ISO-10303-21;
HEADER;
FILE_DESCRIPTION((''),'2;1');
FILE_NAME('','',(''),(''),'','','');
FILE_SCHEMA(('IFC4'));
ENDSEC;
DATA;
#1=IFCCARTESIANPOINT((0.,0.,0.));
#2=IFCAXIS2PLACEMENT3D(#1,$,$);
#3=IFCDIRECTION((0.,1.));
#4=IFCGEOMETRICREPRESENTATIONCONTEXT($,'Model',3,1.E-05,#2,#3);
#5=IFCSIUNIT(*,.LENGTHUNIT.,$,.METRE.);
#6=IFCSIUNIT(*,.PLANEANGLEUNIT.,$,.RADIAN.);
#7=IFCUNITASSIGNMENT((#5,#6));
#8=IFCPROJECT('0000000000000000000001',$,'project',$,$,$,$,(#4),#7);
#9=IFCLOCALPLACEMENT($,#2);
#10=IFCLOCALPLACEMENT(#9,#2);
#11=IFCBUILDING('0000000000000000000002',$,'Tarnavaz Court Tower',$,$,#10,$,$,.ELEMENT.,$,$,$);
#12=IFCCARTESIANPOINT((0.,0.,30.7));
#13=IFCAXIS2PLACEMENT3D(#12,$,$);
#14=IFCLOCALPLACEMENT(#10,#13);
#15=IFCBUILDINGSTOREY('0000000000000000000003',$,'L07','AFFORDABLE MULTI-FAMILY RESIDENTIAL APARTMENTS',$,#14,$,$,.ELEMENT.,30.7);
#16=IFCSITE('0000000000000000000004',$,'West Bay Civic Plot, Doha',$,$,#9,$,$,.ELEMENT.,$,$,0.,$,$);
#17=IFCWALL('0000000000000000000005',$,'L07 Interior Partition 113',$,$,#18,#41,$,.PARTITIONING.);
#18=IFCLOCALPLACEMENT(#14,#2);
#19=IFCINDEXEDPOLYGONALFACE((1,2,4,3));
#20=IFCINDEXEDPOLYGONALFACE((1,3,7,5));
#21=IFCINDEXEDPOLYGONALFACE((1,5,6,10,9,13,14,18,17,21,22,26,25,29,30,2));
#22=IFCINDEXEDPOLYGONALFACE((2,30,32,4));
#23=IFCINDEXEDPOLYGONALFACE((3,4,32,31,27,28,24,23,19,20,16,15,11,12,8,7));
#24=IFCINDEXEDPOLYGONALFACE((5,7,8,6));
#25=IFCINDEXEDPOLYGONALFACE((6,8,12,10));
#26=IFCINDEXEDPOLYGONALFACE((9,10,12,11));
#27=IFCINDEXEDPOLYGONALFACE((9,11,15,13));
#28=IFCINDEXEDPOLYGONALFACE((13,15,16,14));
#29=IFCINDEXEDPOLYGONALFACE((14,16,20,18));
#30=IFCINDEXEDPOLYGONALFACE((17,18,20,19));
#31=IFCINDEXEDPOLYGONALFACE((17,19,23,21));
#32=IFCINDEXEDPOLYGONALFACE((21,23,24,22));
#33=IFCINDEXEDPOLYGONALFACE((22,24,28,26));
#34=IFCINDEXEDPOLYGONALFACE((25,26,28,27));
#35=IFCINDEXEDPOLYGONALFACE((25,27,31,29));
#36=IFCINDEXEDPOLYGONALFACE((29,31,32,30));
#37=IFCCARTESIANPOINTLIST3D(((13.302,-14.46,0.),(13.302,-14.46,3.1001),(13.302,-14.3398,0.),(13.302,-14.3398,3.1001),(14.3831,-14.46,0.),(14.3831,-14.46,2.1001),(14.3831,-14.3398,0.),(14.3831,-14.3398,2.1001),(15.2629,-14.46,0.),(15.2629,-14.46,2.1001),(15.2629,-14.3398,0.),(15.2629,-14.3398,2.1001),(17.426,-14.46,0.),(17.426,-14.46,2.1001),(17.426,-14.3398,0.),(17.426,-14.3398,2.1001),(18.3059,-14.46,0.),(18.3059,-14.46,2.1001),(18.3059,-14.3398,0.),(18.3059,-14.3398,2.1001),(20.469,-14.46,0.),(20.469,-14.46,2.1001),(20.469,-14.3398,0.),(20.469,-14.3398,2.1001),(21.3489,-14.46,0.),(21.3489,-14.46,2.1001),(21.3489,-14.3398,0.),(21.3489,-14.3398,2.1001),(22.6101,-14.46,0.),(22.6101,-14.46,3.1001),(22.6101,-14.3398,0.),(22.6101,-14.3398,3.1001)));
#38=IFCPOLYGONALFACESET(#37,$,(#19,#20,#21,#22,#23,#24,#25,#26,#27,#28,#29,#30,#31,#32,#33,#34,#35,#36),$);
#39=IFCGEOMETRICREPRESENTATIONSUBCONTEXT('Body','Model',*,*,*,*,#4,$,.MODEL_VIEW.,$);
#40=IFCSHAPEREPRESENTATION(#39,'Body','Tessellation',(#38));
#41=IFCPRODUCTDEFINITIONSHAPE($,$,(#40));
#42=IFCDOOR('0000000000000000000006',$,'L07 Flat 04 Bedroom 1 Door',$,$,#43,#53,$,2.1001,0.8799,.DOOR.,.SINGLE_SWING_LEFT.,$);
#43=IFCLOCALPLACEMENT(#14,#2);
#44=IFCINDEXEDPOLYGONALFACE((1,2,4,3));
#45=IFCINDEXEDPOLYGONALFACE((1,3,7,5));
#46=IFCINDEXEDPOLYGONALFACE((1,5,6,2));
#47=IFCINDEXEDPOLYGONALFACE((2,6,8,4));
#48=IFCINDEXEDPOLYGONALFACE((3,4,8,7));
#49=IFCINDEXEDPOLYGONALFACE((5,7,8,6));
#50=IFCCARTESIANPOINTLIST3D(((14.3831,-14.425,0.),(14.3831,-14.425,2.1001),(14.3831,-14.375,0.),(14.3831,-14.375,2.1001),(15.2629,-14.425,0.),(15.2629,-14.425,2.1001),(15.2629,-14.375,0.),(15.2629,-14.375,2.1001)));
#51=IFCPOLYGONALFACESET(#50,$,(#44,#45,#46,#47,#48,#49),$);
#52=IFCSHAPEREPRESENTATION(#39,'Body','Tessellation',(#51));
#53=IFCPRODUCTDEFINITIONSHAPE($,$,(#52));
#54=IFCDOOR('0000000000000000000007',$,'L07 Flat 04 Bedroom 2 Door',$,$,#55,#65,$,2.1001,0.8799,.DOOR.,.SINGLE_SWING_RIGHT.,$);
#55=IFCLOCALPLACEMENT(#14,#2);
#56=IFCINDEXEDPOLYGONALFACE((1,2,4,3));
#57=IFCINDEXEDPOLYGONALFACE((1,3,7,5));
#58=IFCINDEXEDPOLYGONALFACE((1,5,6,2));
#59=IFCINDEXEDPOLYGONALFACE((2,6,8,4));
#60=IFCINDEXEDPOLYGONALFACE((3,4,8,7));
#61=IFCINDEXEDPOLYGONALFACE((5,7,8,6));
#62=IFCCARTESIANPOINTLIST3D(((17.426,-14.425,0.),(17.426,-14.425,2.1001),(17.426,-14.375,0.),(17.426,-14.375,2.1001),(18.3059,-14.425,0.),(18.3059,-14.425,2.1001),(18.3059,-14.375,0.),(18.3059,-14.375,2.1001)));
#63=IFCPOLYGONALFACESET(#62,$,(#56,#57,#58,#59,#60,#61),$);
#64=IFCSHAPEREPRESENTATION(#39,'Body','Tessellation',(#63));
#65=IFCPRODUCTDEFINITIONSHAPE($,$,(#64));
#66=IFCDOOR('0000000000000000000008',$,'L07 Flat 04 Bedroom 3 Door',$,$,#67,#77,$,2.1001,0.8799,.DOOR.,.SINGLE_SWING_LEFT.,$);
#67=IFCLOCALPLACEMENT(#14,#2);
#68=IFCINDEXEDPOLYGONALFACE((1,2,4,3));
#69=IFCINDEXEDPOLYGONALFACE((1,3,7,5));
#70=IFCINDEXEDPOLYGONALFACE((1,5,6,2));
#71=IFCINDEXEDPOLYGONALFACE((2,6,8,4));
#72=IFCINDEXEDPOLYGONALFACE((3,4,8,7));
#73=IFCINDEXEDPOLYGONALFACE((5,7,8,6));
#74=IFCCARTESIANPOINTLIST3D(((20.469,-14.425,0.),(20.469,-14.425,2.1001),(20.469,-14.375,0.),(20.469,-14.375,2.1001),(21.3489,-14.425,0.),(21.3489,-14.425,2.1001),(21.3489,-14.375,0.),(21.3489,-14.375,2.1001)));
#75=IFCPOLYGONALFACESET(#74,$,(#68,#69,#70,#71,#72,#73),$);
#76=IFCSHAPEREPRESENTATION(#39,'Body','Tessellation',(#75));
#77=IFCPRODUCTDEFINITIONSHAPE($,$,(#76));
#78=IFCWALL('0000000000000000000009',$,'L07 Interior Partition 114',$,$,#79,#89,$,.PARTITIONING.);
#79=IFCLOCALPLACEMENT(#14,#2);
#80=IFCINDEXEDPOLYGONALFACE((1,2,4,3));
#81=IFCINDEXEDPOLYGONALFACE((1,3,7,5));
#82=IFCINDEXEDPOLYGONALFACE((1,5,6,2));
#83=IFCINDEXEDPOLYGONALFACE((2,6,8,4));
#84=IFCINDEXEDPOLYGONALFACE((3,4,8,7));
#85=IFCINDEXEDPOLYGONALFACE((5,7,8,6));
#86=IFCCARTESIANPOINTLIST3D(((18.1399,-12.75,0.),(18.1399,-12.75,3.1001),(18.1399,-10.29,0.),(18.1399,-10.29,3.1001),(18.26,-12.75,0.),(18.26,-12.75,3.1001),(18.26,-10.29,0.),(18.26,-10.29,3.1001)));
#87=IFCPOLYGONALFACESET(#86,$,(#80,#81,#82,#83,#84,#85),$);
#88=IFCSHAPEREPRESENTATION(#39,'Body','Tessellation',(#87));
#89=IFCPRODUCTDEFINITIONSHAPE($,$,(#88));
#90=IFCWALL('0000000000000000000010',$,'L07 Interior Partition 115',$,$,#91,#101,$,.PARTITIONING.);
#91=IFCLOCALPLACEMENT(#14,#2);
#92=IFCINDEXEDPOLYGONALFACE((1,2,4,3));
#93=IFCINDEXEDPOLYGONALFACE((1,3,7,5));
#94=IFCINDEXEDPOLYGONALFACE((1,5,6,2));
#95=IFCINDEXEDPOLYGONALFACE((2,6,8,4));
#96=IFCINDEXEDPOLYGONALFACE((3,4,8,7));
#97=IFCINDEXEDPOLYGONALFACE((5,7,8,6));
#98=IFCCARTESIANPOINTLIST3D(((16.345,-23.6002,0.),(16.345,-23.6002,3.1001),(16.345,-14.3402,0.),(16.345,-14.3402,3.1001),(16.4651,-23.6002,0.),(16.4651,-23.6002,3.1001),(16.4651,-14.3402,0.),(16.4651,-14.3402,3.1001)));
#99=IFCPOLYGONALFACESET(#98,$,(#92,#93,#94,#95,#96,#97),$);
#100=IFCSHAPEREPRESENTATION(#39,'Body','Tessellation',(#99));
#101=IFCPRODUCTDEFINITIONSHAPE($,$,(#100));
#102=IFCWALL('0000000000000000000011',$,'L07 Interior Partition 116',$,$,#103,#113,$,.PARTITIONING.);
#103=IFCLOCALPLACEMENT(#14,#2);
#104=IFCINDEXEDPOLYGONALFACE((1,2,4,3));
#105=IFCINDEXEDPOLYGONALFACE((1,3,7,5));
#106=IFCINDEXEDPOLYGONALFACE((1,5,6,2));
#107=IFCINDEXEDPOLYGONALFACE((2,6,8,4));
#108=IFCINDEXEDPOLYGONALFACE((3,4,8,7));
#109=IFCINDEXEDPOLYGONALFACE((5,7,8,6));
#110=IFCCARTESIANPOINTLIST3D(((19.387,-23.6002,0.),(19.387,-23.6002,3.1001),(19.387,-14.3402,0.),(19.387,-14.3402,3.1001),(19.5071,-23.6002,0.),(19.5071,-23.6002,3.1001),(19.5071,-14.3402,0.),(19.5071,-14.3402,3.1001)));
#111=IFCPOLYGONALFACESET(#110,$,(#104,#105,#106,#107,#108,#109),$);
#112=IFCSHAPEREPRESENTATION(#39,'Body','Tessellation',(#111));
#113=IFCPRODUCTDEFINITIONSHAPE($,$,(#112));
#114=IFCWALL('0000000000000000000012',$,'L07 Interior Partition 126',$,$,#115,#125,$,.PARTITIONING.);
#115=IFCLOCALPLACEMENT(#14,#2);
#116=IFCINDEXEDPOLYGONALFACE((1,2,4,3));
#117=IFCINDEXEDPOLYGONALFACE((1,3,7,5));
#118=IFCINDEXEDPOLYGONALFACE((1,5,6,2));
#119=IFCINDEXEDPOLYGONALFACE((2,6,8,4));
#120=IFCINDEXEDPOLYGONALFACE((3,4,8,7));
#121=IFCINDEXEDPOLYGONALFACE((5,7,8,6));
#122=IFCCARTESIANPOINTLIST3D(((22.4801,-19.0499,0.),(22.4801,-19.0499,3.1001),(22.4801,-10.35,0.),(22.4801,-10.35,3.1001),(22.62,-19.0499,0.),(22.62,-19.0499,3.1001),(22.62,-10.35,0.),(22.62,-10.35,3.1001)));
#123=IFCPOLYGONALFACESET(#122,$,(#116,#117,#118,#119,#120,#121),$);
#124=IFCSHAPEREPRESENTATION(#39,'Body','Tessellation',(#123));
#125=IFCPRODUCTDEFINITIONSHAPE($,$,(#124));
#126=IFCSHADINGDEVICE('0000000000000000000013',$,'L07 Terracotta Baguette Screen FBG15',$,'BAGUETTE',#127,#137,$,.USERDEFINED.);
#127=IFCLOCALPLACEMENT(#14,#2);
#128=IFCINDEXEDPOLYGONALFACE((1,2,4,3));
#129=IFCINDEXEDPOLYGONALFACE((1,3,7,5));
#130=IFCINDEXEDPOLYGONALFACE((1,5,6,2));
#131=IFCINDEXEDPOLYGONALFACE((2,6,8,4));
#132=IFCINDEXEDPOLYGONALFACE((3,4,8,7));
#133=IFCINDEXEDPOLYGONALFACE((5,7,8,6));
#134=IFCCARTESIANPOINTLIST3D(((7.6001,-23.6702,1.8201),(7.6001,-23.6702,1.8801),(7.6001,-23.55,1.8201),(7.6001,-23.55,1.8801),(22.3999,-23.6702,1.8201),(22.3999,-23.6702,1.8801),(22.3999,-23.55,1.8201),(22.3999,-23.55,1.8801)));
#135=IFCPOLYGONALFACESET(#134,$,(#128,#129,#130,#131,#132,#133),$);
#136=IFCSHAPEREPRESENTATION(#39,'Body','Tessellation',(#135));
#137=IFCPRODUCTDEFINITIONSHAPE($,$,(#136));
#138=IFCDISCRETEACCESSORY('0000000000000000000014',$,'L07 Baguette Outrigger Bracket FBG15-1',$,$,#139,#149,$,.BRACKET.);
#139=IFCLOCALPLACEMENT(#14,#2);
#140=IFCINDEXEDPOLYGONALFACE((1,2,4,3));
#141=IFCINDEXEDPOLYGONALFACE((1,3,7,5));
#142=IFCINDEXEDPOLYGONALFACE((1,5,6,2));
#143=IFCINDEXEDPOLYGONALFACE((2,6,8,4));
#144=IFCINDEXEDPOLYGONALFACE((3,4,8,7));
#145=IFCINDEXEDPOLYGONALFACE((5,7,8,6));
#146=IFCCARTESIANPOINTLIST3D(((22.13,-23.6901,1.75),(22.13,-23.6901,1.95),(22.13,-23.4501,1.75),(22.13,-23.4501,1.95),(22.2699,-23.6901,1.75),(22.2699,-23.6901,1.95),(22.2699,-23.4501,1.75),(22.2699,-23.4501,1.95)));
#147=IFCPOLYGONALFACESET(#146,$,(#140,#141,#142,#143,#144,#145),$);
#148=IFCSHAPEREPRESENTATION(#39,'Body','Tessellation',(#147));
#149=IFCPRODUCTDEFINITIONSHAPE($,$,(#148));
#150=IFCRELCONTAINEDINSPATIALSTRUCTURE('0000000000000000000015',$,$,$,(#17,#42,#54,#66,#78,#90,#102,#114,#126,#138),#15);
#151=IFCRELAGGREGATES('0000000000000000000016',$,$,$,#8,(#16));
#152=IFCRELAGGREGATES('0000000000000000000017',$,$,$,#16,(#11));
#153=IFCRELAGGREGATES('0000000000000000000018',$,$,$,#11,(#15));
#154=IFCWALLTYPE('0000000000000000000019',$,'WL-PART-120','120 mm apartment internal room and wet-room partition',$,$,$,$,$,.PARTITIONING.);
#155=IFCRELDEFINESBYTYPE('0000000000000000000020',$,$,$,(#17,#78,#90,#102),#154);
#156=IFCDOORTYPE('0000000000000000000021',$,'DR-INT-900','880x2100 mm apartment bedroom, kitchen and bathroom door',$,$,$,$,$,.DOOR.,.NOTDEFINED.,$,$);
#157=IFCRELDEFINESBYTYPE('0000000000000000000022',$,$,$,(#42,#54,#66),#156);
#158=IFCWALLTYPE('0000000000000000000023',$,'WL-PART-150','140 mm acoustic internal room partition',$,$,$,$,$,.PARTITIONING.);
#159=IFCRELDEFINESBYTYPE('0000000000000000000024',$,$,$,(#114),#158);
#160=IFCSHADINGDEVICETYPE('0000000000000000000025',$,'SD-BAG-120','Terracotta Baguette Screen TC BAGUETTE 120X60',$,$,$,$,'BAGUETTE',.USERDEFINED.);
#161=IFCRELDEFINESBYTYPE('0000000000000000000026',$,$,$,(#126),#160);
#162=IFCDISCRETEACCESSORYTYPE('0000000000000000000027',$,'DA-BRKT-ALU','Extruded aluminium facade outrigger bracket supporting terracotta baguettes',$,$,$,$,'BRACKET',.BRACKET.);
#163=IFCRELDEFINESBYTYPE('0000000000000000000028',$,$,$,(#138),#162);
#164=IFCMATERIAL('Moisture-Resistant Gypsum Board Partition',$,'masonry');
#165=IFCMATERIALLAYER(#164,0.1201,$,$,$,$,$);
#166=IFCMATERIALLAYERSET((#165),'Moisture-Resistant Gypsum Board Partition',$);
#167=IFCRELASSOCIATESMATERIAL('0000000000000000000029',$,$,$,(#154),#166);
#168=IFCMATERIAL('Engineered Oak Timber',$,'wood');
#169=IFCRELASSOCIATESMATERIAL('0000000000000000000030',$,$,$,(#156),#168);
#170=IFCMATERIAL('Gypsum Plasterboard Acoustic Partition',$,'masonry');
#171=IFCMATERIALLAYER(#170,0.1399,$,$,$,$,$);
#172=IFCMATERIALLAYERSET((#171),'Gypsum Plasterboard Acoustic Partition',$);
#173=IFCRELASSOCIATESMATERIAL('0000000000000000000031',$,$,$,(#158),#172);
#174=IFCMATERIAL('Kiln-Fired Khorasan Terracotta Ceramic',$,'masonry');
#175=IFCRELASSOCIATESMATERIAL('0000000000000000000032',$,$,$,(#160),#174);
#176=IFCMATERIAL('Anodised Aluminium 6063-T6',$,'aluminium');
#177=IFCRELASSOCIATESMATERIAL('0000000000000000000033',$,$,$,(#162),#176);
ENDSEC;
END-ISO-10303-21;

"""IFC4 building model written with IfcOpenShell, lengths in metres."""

from ifc_helpers import new_model, si_unit, direction, frame, frame_2d, origin, origin_2d, place, context, subcontext, project, spatial, rectangle, extrude, material, layer, layer_set, material_profile, profile_set, type_object, element, fill, save


model = new_model("IFC4")

# Units and contexts
model_context = context("Model", 3, precision=1e-05, world=origin(), true_north=direction((0.0, 1.0)))
body_context = subcontext(model_context, "Body", "Model", "MODEL_VIEW")
ifc_project = project(units=[si_unit("LENGTHUNIT", "METRE"), si_unit("PLANEANGLEUNIT", "RADIAN")], contexts=[model_context])

# Site, building, storey
site_placement = place(None, origin())
site = spatial("IfcSite", under=ifc_project, at=site_placement, Name="West Bay Civic Plot, Doha", CompositionType="ELEMENT", RefElevation=0.0)
building_placement = place(site_placement, origin())
building = spatial("IfcBuilding", under=site, at=building_placement, Name="Tarnavaz Court Tower", CompositionType="ELEMENT")
storey_placement = place(building_placement, frame((0.0, 0.0, 30.7)))
storey = spatial("IfcBuildingStorey", under=building, at=storey_placement, Name="L07", Description="AFFORDABLE MULTI-FAMILY RESIDENTIAL APARTMENTS", CompositionType="ELEMENT", Elevation=30.7)

# Shared definitions
ifc_material_1 = material(Name="Moisture-Resistant Gypsum Board Partition", Category="masonry")
ifc_layer_1 = layer(ifc_material_1, 0.1201)
ifc_layer_set_1 = layer_set([ifc_layer_1], Name="Moisture-Resistant Gypsum Board Partition")
wall_type_1 = type_object("IfcWallType", Name="WL-PART-120", Description="120 mm apartment internal room and wet-room partition", PredefinedType="PARTITIONING", material=ifc_layer_set_1)
ifc_material_2 = material(Name="Engineered Oak Timber", Category="wood")
door_type_1 = type_object("IfcDoorType", Name="DR-INT-900", Description="880x2100 mm apartment bedroom, kitchen and bathroom door", OperationType="NOTDEFINED", PredefinedType="DOOR", material=ifc_material_2)

# Wall, openings, doors
wall_1_placement = place(storey_placement, frame((13.302, -14.3999, 0.0), z_axis=(0.0, 0.0, 1.0), x_axis=(1.0, 0.0, 0.0)))
wall_1 = element("IfcWall", 1, at=wall_1_placement, inside=storey, type_object=wall_type_1, Name="L07 Interior Partition 113", PredefinedType="PARTITIONING", context=body_context, shape_type="SweptSolid", body=[
    extrude(rectangle(XDim=9.3081, YDim=0.1201, at=frame_2d((4.6541, 0.0))), origin(), (0.0, 0.0, 1.0), 3.1001),
])
opening_1_placement = place(wall_1_placement, frame((1.0811, 0.0, 0.0)))
opening_1 = element("IfcOpeningElement", 2, at=opening_1_placement, cuts=wall_1, PredefinedType="OPENING", context=body_context, shape_type="SweptSolid", body=[
    extrude(rectangle(XDim=0.8799, YDim=2.1001, at=frame_2d((0.4399, 1.05))), frame((0.0, 0.0701, 0.0), z_axis=(0.0, -1.0, 0.0), x_axis=(1.0, 0.0, 0.0)), (0.0, 0.0, 1.0), 0.1401),
])
opening_2_placement = place(wall_1_placement, frame((4.124, 0.0, 0.0)))
opening_2 = element("IfcOpeningElement", 3, at=opening_2_placement, cuts=wall_1, PredefinedType="OPENING", context=body_context, shape_type="SweptSolid", body=[
    extrude(rectangle(XDim=0.8799, YDim=2.1001, at=frame_2d((0.4399, 1.05))), frame((0.0, 0.0701, 0.0), z_axis=(0.0, -1.0, 0.0), x_axis=(1.0, 0.0, 0.0)), (0.0, 0.0, 1.0), 0.1401),
])
opening_3_placement = place(wall_1_placement, frame((7.167, 0.0, 0.0)))
opening_3 = element("IfcOpeningElement", 4, at=opening_3_placement, cuts=wall_1, PredefinedType="OPENING", context=body_context, shape_type="SweptSolid", body=[
    extrude(rectangle(XDim=0.8799, YDim=2.1001, at=frame_2d((0.4399, 1.05))), frame((0.0, 0.0701, 0.0), z_axis=(0.0, -1.0, 0.0), x_axis=(1.0, 0.0, 0.0)), (0.0, 0.0, 1.0), 0.1401),
])
door_1_placement = place(opening_1_placement, origin())
door_1 = element("IfcDoor", 5, at=door_1_placement, inside=storey, type_object=door_type_1, Name="L07 Flat 04 Bedroom 1 Door", OperationType="SINGLE_SWING_LEFT", OverallHeight=2.1001, OverallWidth=0.8799, PredefinedType="DOOR", context=body_context, shape_type="SweptSolid", body=[
    extrude(rectangle(XDim=0.8799, YDim=2.1001, at=frame_2d((0.4399, 1.05))), frame((0.0, 0.0249, 0.0), z_axis=(0.0, -1.0, 0.0), x_axis=(1.0, 0.0, 0.0)), (0.0, 0.0, 1.0), 0.05),
])
fill(opening_1, door_1)
door_2_placement = place(opening_2_placement, origin())
door_2 = element("IfcDoor", 6, at=door_2_placement, inside=storey, type_object=door_type_1, Name="L07 Flat 04 Bedroom 2 Door", OperationType="SINGLE_SWING_RIGHT", OverallHeight=2.1001, OverallWidth=0.8799, PredefinedType="DOOR", context=body_context, shape_type="SweptSolid", body=[
    extrude(rectangle(XDim=0.8799, YDim=2.1001, at=frame_2d((0.4399, 1.05))), frame((0.0, 0.0249, 0.0), z_axis=(0.0, -1.0, 0.0), x_axis=(1.0, 0.0, 0.0)), (0.0, 0.0, 1.0), 0.05),
])
fill(opening_2, door_2)
door_3_placement = place(opening_3_placement, origin())
door_3 = element("IfcDoor", 7, at=door_3_placement, inside=storey, type_object=door_type_1, Name="L07 Flat 04 Bedroom 3 Door", OperationType="SINGLE_SWING_LEFT", OverallHeight=2.1001, OverallWidth=0.8799, PredefinedType="DOOR", context=body_context, shape_type="SweptSolid", body=[
    extrude(rectangle(XDim=0.8799, YDim=2.1001, at=frame_2d((0.4399, 1.05))), frame((0.0, 0.0249, 0.0), z_axis=(0.0, -1.0, 0.0), x_axis=(1.0, 0.0, 0.0)), (0.0, 0.0, 1.0), 0.05),
])
fill(opening_3, door_3)

# Walls
wall_2_placement = place(storey_placement, frame((18.2, -12.75, 0.0), z_axis=(0.0, 0.0, 1.0), x_axis=(0.0, 1.0, 0.0)))
element("IfcWall", 8, at=wall_2_placement, inside=storey, type_object=wall_type_1, Name="L07 Interior Partition 114", PredefinedType="PARTITIONING", context=body_context, shape_type="SweptSolid", body=[
    extrude(rectangle(XDim=2.46, YDim=0.1201, at=frame_2d((1.23, 0.0))), origin(), (0.0, 0.0, 1.0), 3.1001),
])
for number, where, z_axis, x_axis, name in (
    (9, (16.405, -23.6001, 0.0), (0.0, 0.0, 1.0), (0.0, 1.0, 0.0), "L07 Interior Partition 115"),
    (10, (19.447, -23.6001, 0.0), (0.0, 0.0, 1.0), (0.0, 1.0, 0.0), "L07 Interior Partition 116"),
):
    element("IfcWall", number, at=place(storey_placement, frame(where, z_axis=z_axis, x_axis=x_axis)), inside=storey, type_object=wall_type_1, Name=name, PredefinedType="PARTITIONING", context=body_context, shape_type="SweptSolid", body=[
        extrude(rectangle(XDim=9.26, YDim=0.1201, at=frame_2d((4.6299, 0.0))), origin(), (0.0, 0.0, 1.0), 3.1001),
    ])
ifc_material_3 = material(Name="Gypsum Plasterboard Acoustic Partition", Category="masonry")
ifc_layer_2 = layer(ifc_material_3, 0.1399)
ifc_layer_set_2 = layer_set([ifc_layer_2], Name="Gypsum Plasterboard Acoustic Partition")
wall_type_2 = type_object("IfcWallType", Name="WL-PART-150", Description="140 mm acoustic internal room partition", PredefinedType="PARTITIONING", material=ifc_layer_set_2)
wall_3_placement = place(storey_placement, frame((22.55, -19.05, 0.0), z_axis=(0.0, 0.0, 1.0), x_axis=(0.0, 1.0, 0.0)))
element("IfcWall", 11, at=wall_3_placement, inside=storey, type_object=wall_type_2, Name="L07 Interior Partition 126", PredefinedType="PARTITIONING", context=body_context, shape_type="SweptSolid", body=[
    extrude(rectangle(XDim=8.7, YDim=0.1399, at=frame_2d((4.3501, 0.0))), origin(), (0.0, 0.0, 1.0), 3.1001),
])

# Shading device
ifc_material_4 = material(Name="Kiln-Fired Khorasan Terracotta Ceramic", Category="masonry")
ifc_material_profile_1 = material_profile(ifc_material_4, rectangle(XDim=0.1201, YDim=0.0601, at=origin_2d()), Name="TC BAGUETTE 120X60")
ifc_profile_set_1 = profile_set([ifc_material_profile_1], Name="Kiln-Fired Khorasan Terracotta Ceramic")
shading_device_type = type_object("IfcShadingDeviceType", Name="SD-BAG-120", Description="Terracotta Baguette Screen TC BAGUETTE 120X60", ElementType="BAGUETTE", PredefinedType="USERDEFINED", material=ifc_profile_set_1)
shading_device_placement = place(storey_placement, frame((22.3999, -23.6101, 1.8501), z_axis=(-1.0, 0.0, 0.0), x_axis=(0.0, -1.0, 0.0)))
element("IfcShadingDevice", 12, at=shading_device_placement, inside=storey, type_object=shading_device_type, Name="L07 Terracotta Baguette Screen FBG15", ObjectType="BAGUETTE", PredefinedType="USERDEFINED", context=body_context, shape_type="SweptSolid", body=[
    extrude(rectangle(XDim=0.1201, YDim=0.0601, at=origin_2d()), origin(), (0.0, 0.0, 1.0), 14.7998),
])

# Discrete accessory
ifc_material_5 = material(Name="Anodised Aluminium 6063-T6", Category="aluminium")
discrete_accessory_type = type_object("IfcDiscreteAccessoryType", Name="DA-BRKT-ALU", Description="Extruded aluminium facade outrigger bracket supporting terracotta baguettes", ElementType="BRACKET", PredefinedType="BRACKET", material=ifc_material_5)
discrete_accessory_placement = place(storey_placement, frame((22.2, -23.5701, 1.75), z_axis=(0.0, 0.0, 1.0), x_axis=(-1.0, 0.0, 0.0)))
element("IfcDiscreteAccessory", 13, at=discrete_accessory_placement, inside=storey, type_object=discrete_accessory_type, Name="L07 Baguette Outrigger Bracket FBG15-1", PredefinedType="BRACKET", context=body_context, shape_type="SweptSolid", body=[
    extrude(rectangle(XDim=0.1399, YDim=0.24, at=origin_2d()), origin(), (0.0, 0.0, 1.0), 0.2),
])

save(model, "model.ifc")
